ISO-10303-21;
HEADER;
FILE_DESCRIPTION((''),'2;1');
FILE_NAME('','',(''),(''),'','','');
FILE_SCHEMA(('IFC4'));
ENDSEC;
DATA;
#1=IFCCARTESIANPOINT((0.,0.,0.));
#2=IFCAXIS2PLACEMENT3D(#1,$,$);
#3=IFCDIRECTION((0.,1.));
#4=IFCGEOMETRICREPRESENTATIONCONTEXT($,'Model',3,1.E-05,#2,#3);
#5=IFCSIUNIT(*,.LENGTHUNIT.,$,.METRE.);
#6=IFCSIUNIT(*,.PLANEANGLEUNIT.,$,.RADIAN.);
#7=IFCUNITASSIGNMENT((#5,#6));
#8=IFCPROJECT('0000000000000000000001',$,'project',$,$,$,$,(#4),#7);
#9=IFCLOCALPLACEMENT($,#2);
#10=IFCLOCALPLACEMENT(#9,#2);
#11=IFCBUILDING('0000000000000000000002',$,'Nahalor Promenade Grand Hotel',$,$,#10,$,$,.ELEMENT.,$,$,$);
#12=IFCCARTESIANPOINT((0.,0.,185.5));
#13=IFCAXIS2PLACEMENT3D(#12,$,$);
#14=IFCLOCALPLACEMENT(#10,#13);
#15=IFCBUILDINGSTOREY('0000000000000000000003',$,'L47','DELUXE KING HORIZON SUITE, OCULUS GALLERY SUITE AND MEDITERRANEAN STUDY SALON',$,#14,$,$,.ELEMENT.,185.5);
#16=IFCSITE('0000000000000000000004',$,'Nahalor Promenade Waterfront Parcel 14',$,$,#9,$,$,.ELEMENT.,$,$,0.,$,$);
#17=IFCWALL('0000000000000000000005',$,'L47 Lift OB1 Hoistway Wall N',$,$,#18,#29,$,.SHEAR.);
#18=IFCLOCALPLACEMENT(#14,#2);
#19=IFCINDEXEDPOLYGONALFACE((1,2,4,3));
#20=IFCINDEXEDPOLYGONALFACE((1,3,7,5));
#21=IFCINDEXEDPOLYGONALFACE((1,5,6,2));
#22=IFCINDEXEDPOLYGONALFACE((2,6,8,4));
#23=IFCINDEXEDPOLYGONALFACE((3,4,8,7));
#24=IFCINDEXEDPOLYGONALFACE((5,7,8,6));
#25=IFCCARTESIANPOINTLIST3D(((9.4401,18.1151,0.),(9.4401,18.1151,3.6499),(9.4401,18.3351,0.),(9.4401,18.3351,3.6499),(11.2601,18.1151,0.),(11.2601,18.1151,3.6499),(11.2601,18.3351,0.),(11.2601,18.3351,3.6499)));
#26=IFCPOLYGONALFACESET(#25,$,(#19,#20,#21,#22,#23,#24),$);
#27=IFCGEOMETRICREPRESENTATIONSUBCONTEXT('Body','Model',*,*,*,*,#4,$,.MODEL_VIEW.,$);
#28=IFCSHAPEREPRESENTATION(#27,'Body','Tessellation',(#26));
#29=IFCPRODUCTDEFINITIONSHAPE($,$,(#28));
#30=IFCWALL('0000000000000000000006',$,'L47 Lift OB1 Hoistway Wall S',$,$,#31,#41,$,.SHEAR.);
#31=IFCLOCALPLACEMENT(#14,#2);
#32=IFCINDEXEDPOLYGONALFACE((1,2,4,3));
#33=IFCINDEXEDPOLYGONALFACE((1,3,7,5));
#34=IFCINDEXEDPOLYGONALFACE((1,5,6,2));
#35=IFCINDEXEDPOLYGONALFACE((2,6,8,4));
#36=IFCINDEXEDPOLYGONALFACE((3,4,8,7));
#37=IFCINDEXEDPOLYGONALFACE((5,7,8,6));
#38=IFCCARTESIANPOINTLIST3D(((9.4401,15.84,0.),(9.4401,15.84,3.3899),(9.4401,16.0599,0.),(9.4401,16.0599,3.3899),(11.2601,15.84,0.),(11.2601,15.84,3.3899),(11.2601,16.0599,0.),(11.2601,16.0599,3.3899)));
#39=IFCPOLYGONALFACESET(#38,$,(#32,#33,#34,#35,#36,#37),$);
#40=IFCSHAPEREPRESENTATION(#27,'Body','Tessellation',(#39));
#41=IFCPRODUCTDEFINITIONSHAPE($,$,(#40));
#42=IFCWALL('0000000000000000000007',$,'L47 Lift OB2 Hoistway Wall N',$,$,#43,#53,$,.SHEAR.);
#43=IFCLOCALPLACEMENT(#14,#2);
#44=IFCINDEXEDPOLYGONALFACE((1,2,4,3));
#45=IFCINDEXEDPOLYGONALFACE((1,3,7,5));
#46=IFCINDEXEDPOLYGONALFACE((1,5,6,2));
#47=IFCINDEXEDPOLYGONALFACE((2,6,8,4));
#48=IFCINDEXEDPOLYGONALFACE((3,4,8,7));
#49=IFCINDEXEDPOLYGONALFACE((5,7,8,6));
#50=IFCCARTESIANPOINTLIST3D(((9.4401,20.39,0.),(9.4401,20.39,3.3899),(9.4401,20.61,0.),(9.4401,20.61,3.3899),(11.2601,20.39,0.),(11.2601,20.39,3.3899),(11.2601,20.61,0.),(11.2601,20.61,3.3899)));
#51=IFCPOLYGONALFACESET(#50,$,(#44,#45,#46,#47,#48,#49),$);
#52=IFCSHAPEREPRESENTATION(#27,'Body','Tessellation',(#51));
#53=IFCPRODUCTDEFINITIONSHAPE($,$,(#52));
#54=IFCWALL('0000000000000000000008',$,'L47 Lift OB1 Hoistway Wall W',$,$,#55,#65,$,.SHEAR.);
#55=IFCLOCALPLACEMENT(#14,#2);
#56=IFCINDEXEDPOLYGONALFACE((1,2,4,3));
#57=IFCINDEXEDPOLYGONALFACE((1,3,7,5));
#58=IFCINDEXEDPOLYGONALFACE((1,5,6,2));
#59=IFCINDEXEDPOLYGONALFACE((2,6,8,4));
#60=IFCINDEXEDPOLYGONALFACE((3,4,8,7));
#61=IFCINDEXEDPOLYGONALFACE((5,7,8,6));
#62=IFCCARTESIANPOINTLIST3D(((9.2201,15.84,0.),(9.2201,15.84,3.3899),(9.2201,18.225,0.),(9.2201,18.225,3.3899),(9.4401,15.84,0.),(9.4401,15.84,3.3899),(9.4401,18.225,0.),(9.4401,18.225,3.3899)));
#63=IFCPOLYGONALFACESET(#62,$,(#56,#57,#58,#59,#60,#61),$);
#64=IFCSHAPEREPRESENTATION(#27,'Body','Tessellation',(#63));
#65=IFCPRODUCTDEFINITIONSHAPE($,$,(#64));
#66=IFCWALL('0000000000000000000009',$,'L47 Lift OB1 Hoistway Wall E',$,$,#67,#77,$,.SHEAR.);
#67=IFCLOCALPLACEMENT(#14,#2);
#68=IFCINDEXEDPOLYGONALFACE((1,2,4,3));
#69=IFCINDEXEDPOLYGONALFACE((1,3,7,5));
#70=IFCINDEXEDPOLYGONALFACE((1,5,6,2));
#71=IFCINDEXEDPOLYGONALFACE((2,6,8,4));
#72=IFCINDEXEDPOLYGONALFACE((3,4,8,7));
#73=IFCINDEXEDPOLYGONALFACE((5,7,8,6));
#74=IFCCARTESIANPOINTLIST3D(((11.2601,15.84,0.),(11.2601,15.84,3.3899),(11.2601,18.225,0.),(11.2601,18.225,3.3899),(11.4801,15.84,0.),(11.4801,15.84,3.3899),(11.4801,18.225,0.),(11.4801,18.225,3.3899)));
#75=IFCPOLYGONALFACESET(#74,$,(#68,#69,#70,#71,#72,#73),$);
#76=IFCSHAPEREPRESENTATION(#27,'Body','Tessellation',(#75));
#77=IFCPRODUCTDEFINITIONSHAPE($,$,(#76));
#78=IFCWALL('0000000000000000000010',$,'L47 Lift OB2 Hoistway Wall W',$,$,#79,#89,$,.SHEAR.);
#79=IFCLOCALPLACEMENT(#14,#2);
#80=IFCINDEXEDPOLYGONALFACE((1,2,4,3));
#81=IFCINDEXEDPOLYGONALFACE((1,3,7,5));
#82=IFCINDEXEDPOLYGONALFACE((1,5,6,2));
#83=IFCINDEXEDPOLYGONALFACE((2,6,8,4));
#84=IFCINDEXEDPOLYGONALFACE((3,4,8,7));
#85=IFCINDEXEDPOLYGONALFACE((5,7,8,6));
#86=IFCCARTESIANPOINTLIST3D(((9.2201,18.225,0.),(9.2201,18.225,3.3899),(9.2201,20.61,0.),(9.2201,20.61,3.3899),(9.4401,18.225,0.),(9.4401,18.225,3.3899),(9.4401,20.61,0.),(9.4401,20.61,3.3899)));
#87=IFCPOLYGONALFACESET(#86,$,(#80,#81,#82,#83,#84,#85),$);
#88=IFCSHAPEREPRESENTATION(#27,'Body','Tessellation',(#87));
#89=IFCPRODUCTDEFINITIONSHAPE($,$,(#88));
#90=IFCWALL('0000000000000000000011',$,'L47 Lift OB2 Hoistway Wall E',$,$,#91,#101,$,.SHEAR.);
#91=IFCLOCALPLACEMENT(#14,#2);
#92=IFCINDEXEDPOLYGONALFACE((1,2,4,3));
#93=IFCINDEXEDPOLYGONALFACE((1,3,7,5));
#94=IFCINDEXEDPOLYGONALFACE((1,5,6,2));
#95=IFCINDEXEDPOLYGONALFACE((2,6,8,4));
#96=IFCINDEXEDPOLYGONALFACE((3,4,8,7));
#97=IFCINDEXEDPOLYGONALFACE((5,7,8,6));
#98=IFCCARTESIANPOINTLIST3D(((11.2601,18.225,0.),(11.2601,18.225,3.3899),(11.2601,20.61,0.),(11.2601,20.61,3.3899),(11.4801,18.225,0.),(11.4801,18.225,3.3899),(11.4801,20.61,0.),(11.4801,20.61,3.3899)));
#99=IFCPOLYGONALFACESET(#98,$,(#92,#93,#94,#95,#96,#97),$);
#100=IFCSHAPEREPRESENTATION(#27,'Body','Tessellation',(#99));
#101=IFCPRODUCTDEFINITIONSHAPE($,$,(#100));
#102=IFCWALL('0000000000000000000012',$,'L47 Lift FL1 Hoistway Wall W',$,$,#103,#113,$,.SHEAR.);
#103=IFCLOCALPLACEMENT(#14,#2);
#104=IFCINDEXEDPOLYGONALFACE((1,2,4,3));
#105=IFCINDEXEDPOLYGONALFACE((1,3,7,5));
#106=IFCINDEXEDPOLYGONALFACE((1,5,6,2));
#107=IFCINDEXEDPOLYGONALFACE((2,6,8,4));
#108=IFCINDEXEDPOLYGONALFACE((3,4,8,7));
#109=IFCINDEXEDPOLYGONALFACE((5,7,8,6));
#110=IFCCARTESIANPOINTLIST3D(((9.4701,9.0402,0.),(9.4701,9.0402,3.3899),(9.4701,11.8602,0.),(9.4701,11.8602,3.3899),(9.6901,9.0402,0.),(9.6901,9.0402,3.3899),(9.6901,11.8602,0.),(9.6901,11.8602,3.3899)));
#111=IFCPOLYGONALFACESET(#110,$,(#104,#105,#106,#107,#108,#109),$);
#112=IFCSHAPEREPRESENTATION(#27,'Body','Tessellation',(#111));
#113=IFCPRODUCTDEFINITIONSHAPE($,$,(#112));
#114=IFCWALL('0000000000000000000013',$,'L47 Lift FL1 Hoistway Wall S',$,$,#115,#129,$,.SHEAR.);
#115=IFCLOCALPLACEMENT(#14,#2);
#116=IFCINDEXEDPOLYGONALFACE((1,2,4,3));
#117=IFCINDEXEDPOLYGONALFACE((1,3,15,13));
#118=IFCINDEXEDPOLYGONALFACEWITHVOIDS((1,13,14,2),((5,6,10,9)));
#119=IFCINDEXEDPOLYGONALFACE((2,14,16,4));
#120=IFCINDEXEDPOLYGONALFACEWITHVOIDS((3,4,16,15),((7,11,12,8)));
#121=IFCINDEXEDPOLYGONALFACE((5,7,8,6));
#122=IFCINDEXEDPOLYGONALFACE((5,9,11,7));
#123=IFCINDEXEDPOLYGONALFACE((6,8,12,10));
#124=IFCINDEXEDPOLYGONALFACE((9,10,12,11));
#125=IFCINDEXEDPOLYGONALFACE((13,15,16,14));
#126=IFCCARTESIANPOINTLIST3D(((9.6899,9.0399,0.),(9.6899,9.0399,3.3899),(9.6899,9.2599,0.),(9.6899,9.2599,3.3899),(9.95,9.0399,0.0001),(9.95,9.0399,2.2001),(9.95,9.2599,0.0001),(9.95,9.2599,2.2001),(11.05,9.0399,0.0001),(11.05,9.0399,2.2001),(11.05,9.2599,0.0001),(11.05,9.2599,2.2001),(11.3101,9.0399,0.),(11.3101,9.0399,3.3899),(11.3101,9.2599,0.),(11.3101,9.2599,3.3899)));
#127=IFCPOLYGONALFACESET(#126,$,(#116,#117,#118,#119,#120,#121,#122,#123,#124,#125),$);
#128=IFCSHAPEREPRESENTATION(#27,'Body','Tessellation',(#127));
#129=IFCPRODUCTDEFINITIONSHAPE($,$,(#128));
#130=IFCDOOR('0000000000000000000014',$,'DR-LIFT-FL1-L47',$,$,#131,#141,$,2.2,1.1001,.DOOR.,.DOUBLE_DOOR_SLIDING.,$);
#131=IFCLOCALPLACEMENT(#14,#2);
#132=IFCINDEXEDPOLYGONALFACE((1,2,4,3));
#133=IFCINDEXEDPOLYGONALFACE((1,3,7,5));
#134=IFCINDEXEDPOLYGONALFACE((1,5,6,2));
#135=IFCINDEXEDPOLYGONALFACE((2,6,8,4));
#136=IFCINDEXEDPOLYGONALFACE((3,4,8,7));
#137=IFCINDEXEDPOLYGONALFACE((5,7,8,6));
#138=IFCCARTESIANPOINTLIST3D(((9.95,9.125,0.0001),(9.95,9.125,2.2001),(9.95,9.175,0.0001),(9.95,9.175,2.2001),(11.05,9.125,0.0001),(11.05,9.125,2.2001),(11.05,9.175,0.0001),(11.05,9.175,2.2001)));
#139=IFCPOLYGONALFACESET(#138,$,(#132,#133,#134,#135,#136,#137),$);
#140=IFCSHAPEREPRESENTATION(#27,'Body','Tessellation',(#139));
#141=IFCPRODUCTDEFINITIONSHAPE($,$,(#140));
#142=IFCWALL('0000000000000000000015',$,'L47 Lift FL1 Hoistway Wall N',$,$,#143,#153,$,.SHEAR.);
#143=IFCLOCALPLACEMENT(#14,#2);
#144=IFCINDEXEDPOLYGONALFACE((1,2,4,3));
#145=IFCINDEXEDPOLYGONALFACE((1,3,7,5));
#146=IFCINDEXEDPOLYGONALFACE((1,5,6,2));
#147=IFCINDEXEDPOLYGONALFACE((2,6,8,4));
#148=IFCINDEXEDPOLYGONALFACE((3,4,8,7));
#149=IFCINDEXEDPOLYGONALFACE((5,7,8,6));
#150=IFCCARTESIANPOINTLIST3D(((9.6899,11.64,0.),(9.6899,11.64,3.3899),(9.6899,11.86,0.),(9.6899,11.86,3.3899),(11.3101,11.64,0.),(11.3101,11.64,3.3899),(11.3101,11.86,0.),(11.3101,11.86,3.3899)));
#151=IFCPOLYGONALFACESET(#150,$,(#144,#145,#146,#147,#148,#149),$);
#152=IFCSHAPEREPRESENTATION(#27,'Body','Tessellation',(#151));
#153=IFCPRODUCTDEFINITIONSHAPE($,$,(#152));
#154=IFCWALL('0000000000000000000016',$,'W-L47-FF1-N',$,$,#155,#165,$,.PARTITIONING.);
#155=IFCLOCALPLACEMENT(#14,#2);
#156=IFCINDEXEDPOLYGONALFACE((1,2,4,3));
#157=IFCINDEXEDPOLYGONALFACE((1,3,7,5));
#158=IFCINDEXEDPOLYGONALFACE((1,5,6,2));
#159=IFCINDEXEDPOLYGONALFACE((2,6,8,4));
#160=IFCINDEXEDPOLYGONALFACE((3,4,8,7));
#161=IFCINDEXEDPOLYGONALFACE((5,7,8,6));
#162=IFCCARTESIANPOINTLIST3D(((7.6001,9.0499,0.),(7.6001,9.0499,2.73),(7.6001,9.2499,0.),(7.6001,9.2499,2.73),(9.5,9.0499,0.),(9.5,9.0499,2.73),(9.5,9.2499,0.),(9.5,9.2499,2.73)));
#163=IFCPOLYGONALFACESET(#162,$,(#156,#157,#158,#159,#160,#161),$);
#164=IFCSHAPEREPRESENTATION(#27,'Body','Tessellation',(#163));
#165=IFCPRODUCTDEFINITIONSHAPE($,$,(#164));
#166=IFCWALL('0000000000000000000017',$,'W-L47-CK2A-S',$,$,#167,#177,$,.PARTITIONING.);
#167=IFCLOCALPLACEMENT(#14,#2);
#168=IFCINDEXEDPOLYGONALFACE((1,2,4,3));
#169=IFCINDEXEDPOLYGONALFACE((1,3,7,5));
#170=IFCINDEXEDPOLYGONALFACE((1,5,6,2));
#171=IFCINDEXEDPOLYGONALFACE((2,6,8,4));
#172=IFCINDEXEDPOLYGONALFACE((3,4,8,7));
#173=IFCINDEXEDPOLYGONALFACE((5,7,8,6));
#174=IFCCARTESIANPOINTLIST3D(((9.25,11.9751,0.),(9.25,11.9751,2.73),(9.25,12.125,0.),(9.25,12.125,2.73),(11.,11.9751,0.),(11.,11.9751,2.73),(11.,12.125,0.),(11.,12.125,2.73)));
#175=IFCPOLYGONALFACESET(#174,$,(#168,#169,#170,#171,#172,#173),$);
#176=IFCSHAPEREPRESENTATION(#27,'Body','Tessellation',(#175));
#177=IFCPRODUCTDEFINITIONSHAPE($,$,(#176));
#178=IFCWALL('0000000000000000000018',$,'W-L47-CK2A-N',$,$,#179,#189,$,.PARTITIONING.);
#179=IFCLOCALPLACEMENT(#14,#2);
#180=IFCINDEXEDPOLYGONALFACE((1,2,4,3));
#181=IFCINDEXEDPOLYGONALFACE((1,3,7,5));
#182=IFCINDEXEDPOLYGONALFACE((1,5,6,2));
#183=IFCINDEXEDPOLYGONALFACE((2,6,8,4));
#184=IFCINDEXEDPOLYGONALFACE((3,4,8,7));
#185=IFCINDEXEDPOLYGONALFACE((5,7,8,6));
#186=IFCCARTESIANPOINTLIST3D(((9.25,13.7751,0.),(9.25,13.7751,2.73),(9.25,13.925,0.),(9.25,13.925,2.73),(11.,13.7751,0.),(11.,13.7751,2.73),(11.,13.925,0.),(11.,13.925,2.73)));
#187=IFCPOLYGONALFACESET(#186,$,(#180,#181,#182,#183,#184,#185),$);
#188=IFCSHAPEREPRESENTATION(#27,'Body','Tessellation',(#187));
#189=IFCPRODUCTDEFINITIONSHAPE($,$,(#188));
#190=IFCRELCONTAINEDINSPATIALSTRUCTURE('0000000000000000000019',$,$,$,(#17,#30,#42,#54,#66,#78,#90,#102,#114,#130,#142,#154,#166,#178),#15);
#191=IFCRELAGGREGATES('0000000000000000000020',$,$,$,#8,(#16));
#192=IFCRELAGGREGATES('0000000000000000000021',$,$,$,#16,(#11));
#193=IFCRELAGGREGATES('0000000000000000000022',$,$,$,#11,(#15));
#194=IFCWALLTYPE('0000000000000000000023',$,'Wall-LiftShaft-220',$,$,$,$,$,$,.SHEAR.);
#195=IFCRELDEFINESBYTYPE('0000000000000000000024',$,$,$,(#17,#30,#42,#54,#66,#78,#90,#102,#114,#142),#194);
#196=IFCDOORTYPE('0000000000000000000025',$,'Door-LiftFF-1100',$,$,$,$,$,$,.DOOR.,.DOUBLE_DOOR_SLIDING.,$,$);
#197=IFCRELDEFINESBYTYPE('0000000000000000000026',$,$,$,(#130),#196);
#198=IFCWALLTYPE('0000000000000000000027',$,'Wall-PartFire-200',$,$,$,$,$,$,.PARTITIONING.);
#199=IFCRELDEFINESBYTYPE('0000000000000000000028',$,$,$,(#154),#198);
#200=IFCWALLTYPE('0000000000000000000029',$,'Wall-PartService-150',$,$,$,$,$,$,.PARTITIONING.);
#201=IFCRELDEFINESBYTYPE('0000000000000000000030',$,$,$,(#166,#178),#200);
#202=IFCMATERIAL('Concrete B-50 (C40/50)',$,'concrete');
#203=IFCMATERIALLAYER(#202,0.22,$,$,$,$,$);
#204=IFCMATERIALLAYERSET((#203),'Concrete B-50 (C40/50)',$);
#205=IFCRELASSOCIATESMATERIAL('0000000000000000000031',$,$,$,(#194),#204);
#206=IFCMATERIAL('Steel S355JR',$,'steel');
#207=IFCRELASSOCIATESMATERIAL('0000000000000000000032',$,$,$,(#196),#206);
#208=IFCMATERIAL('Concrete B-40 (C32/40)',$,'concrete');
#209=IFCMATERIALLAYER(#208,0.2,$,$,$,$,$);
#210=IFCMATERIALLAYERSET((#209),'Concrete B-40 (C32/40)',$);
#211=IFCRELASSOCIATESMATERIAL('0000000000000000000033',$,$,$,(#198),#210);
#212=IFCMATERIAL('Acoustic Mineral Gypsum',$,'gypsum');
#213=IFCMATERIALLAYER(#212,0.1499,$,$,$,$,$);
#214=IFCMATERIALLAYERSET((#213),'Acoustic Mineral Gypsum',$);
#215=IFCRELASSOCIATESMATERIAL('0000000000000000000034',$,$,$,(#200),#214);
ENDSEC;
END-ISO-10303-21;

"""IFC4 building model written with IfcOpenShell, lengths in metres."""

from ifc_helpers import new_model, si_unit, direction, frame, frame_2d, origin, place, context, subcontext, project, spatial, rectangle, extrude, source, transform, mapped, material, layer, layer_set, type_object, element, fill, save


model = new_model("IFC4")

# Units and contexts
model_context = context("Model", 3, precision=1e-05, world=origin(), true_north=direction((0.0, 1.0)))
body_context = subcontext(model_context, "Body", "Model", "MODEL_VIEW")
ifc_project = project(units=[si_unit("LENGTHUNIT", "METRE"), si_unit("PLANEANGLEUNIT", "RADIAN")], contexts=[model_context])

# Site, building, storey
site_placement = place(None, origin())
site = spatial("IfcSite", under=ifc_project, at=site_placement, Name="Nahalor Promenade Waterfront Parcel 14", CompositionType="ELEMENT", RefElevation=0.0)
building_placement = place(site_placement, origin())
building = spatial("IfcBuilding", under=site, at=building_placement, Name="Nahalor Promenade Grand Hotel", CompositionType="ELEMENT")
storey_placement = place(building_placement, frame((0.0, 0.0, 185.5)))
storey = spatial("IfcBuildingStorey", under=building, at=storey_placement, Name="L47", Description="DELUXE KING HORIZON SUITE, OCULUS GALLERY SUITE AND MEDITERRANEAN STUDY SALON", CompositionType="ELEMENT", Elevation=185.5)

# Shared definitions
ifc_material_1 = material(Name="Steel S355JR", Category="steel")

# Walls
ifc_material_2 = material(Name="Concrete B-50 (C40/50)", Category="concrete")
ifc_layer_1 = layer(ifc_material_2, 0.22)
ifc_layer_set_1 = layer_set([ifc_layer_1], Name="Concrete B-50 (C40/50)")
wall_type_1 = type_object("IfcWallType", Name="Wall-LiftShaft-220", PredefinedType="SHEAR", material=ifc_layer_set_1)
shared_shape_1 = source(origin(), body_context, "Body", "SweptSolid", [
    extrude(rectangle(XDim=1.8201, YDim=0.22, at=frame_2d((0.9102, 0.0))), origin(), (0.0, 0.0, 1.0), 3.6499),
])
wall_1_placement = place(storey_placement, frame((9.4399, 18.2251, 0.0), z_axis=(0.0, 0.0, 1.0), x_axis=(1.0, 0.0, 0.0)))
element("IfcWall", 1, at=wall_1_placement, inside=storey, type_object=wall_type_1, Name="L47 Lift OB1 Hoistway Wall N", PredefinedType="SHEAR", context=body_context, shape_type="MappedRepresentation", body=[
    mapped(shared_shape_1, transform((0.0, 0.0, 0.0), scale=1.0)),
])
shared_shape_2 = source(origin(), body_context, "Body", "SweptSolid", [
    extrude(rectangle(XDim=1.8201, YDim=0.22, at=frame_2d((0.9102, 0.0))), origin(), (0.0, 0.0, 1.0), 3.3899),
])
for number, where, z_axis, x_axis, name in (
    (2, (9.4399, 15.95, 0.0), (0.0, 0.0, 1.0), (1.0, 0.0, 0.0), "L47 Lift OB1 Hoistway Wall S"),
    (3, (9.4399, 20.5, 0.0), (0.0, 0.0, 1.0), (1.0, 0.0, 0.0), "L47 Lift OB2 Hoistway Wall N"),
):
    element("IfcWall", number, at=place(storey_placement, frame(where, z_axis=z_axis, x_axis=x_axis)), inside=storey, type_object=wall_type_1, Name=name, PredefinedType="SHEAR", context=body_context, shape_type="MappedRepresentation", body=[
        mapped(shared_shape_2, transform((0.0, 0.0, 0.0), scale=1.0)),
    ])
shared_shape_3 = source(origin(), body_context, "Body", "SweptSolid", [
    extrude(rectangle(XDim=2.385, YDim=0.22, at=frame_2d((1.1924, 0.0))), origin(), (0.0, 0.0, 1.0), 3.3899),
])
for number, where, z_axis, x_axis, name in (
    (4, (9.3301, 15.8401, 0.0), (0.0, 0.0, 1.0), (0.0, 1.0, 0.0), "L47 Lift OB1 Hoistway Wall W"),
    (5, (11.3701, 15.8401, 0.0), (0.0, 0.0, 1.0), (0.0, 1.0, 0.0), "L47 Lift OB1 Hoistway Wall E"),
    (6, (9.3301, 18.2251, 0.0), (0.0, 0.0, 1.0), (0.0, 1.0, 0.0), "L47 Lift OB2 Hoistway Wall W"),
    (7, (11.3701, 18.2251, 0.0), (0.0, 0.0, 1.0), (0.0, 1.0, 0.0), "L47 Lift OB2 Hoistway Wall E"),
):
    element("IfcWall", number, at=place(storey_placement, frame(where, z_axis=z_axis, x_axis=x_axis)), inside=storey, type_object=wall_type_1, Name=name, PredefinedType="SHEAR", context=body_context, shape_type="MappedRepresentation", body=[
        mapped(shared_shape_3, transform((0.0, 0.0, 0.0), scale=1.0)),
    ])
shared_shape_4 = source(origin(), body_context, "Body", "SweptSolid", [
    extrude(rectangle(XDim=2.8201, YDim=0.22, at=frame_2d((1.4102, 0.0))), origin(), (0.0, 0.0, 1.0), 3.3899),
])
wall_2_placement = place(storey_placement, frame((9.5801, 9.04, 0.0), z_axis=(0.0, 0.0, 1.0), x_axis=(0.0, 1.0, 0.0)))
element("IfcWall", 8, at=wall_2_placement, inside=storey, type_object=wall_type_1, Name="L47 Lift FL1 Hoistway Wall W", PredefinedType="SHEAR", context=body_context, shape_type="MappedRepresentation", body=[
    mapped(shared_shape_4, transform((0.0, 0.0, 0.0), scale=1.0)),
])

# Wall, opening, door
shared_shape_5 = source(origin(), body_context, "Body", "SweptSolid", [
    extrude(rectangle(XDim=1.6201, YDim=0.22, at=frame_2d((0.8101, 0.0))), origin(), (0.0, 0.0, 1.0), 3.3899),
])
wall_3_placement = place(storey_placement, frame((9.6899, 9.1499, 0.0), z_axis=(0.0, 0.0, 1.0), x_axis=(1.0, 0.0, 0.0)))
wall_3 = element("IfcWall", 9, at=wall_3_placement, inside=storey, type_object=wall_type_1, Name="L47 Lift FL1 Hoistway Wall S", PredefinedType="SHEAR", context=body_context, shape_type="MappedRepresentation", body=[
    mapped(shared_shape_5, transform((0.0, 0.0, 0.0), scale=1.0)),
])
opening_1_placement = place(wall_3_placement, frame((0.26, 0.0, 0.0)))
opening_1 = element("IfcOpeningElement", 10, at=opening_1_placement, cuts=wall_3, PredefinedType="OPENING", context=body_context, shape_type="SweptSolid", body=[
    extrude(rectangle(XDim=1.1001, YDim=2.2, at=frame_2d((0.55, 1.1001))), frame((0.0, 0.1199, 0.0), z_axis=(0.0, -1.0, 0.0), x_axis=(1.0, 0.0, 0.0)), (0.0, 0.0, 1.0), 0.24),
])
door_type_1 = type_object("IfcDoorType", Name="Door-LiftFF-1100", OperationType="DOUBLE_DOOR_SLIDING", PredefinedType="DOOR", material=ifc_material_1)
shared_shape_6 = source(origin(), body_context, "Body", "SweptSolid", [
    extrude(rectangle(XDim=1.1001, YDim=2.2, at=frame_2d((0.55, 1.1001))), frame((0.0, 0.0249, 0.0), z_axis=(0.0, -1.0, 0.0), x_axis=(1.0, 0.0, 0.0)), (0.0, 0.0, 1.0), 0.05),
])
door_1_placement = place(opening_1_placement, frame((1.1001, 0.0, 0.0), z_axis=(0.0, 0.0, 1.0), x_axis=(-1.0, 0.0, 0.0)))
door_1 = element("IfcDoor", 11, at=door_1_placement, inside=storey, type_object=door_type_1, Name="DR-LIFT-FL1-L47", OperationType="DOUBLE_DOOR_SLIDING", OverallHeight=2.2, OverallWidth=1.1001, PredefinedType="DOOR", context=body_context, shape_type="MappedRepresentation", body=[
    mapped(shared_shape_6, transform((0.0, 0.0, 0.0), scale=1.0)),
])
fill(opening_1, door_1)

# Walls
wall_4_placement = place(storey_placement, frame((9.6899, 11.75, 0.0), z_axis=(0.0, 0.0, 1.0), x_axis=(1.0, 0.0, 0.0)))
element("IfcWall", 12, at=wall_4_placement, inside=storey, type_object=wall_type_1, Name="L47 Lift FL1 Hoistway Wall N", PredefinedType="SHEAR", context=body_context, shape_type="MappedRepresentation", body=[
    mapped(shared_shape_5, transform((0.0, 0.0, 0.0), scale=1.0)),
])
ifc_material_3 = material(Name="Concrete B-40 (C32/40)", Category="concrete")
ifc_layer_2 = layer(ifc_material_3, 0.2)
ifc_layer_set_2 = layer_set([ifc_layer_2], Name="Concrete B-40 (C32/40)")
wall_type_2 = type_object("IfcWallType", Name="Wall-PartFire-200", PredefinedType="PARTITIONING", material=ifc_layer_set_2)
shared_shape_7 = source(origin(), body_context, "Body", "SweptSolid", [
    extrude(rectangle(XDim=1.8999, YDim=0.2, at=frame_2d((0.95, 0.0))), origin(), (0.0, 0.0, 1.0), 2.73),
])
wall_5_placement = place(storey_placement, frame((7.6001, 9.1499, 0.0), z_axis=(0.0, 0.0, 1.0), x_axis=(1.0, 0.0, 0.0)))
element("IfcWall", 13, at=wall_5_placement, inside=storey, type_object=wall_type_2, Name="W-L47-FF1-N", PredefinedType="PARTITIONING", context=body_context, shape_type="MappedRepresentation", body=[
    mapped(shared_shape_7, transform((0.0, 0.0, 0.0), scale=1.0)),
])
ifc_material_4 = material(Name="Acoustic Mineral Gypsum", Category="gypsum")
ifc_layer_3 = layer(ifc_material_4, 0.1499)
ifc_layer_set_3 = layer_set([ifc_layer_3], Name="Acoustic Mineral Gypsum")
wall_type_3 = type_object("IfcWallType", Name="Wall-PartService-150", PredefinedType="PARTITIONING", material=ifc_layer_set_3)
shared_shape_8 = source(origin(), body_context, "Body", "SweptSolid", [
    extrude(rectangle(XDim=1.75, YDim=0.1499, at=frame_2d((0.875, 0.0))), origin(), (0.0, 0.0, 1.0), 2.73),
])
for number, where, z_axis, x_axis, name in (
    (14, (9.25, 12.05, 0.0), (0.0, 0.0, 1.0), (1.0, 0.0, 0.0), "W-L47-CK2A-S"),
    (15, (9.25, 13.8501, 0.0), (0.0, 0.0, 1.0), (1.0, 0.0, 0.0), "W-L47-CK2A-N"),
):
    element("IfcWall", number, at=place(storey_placement, frame(where, z_axis=z_axis, x_axis=x_axis)), inside=storey, type_object=wall_type_3, Name=name, PredefinedType="PARTITIONING", context=body_context, shape_type="MappedRepresentation", body=[
        mapped(shared_shape_8, transform((0.0, 0.0, 0.0), scale=1.0)),
    ])

save(model, "model.ifc")
